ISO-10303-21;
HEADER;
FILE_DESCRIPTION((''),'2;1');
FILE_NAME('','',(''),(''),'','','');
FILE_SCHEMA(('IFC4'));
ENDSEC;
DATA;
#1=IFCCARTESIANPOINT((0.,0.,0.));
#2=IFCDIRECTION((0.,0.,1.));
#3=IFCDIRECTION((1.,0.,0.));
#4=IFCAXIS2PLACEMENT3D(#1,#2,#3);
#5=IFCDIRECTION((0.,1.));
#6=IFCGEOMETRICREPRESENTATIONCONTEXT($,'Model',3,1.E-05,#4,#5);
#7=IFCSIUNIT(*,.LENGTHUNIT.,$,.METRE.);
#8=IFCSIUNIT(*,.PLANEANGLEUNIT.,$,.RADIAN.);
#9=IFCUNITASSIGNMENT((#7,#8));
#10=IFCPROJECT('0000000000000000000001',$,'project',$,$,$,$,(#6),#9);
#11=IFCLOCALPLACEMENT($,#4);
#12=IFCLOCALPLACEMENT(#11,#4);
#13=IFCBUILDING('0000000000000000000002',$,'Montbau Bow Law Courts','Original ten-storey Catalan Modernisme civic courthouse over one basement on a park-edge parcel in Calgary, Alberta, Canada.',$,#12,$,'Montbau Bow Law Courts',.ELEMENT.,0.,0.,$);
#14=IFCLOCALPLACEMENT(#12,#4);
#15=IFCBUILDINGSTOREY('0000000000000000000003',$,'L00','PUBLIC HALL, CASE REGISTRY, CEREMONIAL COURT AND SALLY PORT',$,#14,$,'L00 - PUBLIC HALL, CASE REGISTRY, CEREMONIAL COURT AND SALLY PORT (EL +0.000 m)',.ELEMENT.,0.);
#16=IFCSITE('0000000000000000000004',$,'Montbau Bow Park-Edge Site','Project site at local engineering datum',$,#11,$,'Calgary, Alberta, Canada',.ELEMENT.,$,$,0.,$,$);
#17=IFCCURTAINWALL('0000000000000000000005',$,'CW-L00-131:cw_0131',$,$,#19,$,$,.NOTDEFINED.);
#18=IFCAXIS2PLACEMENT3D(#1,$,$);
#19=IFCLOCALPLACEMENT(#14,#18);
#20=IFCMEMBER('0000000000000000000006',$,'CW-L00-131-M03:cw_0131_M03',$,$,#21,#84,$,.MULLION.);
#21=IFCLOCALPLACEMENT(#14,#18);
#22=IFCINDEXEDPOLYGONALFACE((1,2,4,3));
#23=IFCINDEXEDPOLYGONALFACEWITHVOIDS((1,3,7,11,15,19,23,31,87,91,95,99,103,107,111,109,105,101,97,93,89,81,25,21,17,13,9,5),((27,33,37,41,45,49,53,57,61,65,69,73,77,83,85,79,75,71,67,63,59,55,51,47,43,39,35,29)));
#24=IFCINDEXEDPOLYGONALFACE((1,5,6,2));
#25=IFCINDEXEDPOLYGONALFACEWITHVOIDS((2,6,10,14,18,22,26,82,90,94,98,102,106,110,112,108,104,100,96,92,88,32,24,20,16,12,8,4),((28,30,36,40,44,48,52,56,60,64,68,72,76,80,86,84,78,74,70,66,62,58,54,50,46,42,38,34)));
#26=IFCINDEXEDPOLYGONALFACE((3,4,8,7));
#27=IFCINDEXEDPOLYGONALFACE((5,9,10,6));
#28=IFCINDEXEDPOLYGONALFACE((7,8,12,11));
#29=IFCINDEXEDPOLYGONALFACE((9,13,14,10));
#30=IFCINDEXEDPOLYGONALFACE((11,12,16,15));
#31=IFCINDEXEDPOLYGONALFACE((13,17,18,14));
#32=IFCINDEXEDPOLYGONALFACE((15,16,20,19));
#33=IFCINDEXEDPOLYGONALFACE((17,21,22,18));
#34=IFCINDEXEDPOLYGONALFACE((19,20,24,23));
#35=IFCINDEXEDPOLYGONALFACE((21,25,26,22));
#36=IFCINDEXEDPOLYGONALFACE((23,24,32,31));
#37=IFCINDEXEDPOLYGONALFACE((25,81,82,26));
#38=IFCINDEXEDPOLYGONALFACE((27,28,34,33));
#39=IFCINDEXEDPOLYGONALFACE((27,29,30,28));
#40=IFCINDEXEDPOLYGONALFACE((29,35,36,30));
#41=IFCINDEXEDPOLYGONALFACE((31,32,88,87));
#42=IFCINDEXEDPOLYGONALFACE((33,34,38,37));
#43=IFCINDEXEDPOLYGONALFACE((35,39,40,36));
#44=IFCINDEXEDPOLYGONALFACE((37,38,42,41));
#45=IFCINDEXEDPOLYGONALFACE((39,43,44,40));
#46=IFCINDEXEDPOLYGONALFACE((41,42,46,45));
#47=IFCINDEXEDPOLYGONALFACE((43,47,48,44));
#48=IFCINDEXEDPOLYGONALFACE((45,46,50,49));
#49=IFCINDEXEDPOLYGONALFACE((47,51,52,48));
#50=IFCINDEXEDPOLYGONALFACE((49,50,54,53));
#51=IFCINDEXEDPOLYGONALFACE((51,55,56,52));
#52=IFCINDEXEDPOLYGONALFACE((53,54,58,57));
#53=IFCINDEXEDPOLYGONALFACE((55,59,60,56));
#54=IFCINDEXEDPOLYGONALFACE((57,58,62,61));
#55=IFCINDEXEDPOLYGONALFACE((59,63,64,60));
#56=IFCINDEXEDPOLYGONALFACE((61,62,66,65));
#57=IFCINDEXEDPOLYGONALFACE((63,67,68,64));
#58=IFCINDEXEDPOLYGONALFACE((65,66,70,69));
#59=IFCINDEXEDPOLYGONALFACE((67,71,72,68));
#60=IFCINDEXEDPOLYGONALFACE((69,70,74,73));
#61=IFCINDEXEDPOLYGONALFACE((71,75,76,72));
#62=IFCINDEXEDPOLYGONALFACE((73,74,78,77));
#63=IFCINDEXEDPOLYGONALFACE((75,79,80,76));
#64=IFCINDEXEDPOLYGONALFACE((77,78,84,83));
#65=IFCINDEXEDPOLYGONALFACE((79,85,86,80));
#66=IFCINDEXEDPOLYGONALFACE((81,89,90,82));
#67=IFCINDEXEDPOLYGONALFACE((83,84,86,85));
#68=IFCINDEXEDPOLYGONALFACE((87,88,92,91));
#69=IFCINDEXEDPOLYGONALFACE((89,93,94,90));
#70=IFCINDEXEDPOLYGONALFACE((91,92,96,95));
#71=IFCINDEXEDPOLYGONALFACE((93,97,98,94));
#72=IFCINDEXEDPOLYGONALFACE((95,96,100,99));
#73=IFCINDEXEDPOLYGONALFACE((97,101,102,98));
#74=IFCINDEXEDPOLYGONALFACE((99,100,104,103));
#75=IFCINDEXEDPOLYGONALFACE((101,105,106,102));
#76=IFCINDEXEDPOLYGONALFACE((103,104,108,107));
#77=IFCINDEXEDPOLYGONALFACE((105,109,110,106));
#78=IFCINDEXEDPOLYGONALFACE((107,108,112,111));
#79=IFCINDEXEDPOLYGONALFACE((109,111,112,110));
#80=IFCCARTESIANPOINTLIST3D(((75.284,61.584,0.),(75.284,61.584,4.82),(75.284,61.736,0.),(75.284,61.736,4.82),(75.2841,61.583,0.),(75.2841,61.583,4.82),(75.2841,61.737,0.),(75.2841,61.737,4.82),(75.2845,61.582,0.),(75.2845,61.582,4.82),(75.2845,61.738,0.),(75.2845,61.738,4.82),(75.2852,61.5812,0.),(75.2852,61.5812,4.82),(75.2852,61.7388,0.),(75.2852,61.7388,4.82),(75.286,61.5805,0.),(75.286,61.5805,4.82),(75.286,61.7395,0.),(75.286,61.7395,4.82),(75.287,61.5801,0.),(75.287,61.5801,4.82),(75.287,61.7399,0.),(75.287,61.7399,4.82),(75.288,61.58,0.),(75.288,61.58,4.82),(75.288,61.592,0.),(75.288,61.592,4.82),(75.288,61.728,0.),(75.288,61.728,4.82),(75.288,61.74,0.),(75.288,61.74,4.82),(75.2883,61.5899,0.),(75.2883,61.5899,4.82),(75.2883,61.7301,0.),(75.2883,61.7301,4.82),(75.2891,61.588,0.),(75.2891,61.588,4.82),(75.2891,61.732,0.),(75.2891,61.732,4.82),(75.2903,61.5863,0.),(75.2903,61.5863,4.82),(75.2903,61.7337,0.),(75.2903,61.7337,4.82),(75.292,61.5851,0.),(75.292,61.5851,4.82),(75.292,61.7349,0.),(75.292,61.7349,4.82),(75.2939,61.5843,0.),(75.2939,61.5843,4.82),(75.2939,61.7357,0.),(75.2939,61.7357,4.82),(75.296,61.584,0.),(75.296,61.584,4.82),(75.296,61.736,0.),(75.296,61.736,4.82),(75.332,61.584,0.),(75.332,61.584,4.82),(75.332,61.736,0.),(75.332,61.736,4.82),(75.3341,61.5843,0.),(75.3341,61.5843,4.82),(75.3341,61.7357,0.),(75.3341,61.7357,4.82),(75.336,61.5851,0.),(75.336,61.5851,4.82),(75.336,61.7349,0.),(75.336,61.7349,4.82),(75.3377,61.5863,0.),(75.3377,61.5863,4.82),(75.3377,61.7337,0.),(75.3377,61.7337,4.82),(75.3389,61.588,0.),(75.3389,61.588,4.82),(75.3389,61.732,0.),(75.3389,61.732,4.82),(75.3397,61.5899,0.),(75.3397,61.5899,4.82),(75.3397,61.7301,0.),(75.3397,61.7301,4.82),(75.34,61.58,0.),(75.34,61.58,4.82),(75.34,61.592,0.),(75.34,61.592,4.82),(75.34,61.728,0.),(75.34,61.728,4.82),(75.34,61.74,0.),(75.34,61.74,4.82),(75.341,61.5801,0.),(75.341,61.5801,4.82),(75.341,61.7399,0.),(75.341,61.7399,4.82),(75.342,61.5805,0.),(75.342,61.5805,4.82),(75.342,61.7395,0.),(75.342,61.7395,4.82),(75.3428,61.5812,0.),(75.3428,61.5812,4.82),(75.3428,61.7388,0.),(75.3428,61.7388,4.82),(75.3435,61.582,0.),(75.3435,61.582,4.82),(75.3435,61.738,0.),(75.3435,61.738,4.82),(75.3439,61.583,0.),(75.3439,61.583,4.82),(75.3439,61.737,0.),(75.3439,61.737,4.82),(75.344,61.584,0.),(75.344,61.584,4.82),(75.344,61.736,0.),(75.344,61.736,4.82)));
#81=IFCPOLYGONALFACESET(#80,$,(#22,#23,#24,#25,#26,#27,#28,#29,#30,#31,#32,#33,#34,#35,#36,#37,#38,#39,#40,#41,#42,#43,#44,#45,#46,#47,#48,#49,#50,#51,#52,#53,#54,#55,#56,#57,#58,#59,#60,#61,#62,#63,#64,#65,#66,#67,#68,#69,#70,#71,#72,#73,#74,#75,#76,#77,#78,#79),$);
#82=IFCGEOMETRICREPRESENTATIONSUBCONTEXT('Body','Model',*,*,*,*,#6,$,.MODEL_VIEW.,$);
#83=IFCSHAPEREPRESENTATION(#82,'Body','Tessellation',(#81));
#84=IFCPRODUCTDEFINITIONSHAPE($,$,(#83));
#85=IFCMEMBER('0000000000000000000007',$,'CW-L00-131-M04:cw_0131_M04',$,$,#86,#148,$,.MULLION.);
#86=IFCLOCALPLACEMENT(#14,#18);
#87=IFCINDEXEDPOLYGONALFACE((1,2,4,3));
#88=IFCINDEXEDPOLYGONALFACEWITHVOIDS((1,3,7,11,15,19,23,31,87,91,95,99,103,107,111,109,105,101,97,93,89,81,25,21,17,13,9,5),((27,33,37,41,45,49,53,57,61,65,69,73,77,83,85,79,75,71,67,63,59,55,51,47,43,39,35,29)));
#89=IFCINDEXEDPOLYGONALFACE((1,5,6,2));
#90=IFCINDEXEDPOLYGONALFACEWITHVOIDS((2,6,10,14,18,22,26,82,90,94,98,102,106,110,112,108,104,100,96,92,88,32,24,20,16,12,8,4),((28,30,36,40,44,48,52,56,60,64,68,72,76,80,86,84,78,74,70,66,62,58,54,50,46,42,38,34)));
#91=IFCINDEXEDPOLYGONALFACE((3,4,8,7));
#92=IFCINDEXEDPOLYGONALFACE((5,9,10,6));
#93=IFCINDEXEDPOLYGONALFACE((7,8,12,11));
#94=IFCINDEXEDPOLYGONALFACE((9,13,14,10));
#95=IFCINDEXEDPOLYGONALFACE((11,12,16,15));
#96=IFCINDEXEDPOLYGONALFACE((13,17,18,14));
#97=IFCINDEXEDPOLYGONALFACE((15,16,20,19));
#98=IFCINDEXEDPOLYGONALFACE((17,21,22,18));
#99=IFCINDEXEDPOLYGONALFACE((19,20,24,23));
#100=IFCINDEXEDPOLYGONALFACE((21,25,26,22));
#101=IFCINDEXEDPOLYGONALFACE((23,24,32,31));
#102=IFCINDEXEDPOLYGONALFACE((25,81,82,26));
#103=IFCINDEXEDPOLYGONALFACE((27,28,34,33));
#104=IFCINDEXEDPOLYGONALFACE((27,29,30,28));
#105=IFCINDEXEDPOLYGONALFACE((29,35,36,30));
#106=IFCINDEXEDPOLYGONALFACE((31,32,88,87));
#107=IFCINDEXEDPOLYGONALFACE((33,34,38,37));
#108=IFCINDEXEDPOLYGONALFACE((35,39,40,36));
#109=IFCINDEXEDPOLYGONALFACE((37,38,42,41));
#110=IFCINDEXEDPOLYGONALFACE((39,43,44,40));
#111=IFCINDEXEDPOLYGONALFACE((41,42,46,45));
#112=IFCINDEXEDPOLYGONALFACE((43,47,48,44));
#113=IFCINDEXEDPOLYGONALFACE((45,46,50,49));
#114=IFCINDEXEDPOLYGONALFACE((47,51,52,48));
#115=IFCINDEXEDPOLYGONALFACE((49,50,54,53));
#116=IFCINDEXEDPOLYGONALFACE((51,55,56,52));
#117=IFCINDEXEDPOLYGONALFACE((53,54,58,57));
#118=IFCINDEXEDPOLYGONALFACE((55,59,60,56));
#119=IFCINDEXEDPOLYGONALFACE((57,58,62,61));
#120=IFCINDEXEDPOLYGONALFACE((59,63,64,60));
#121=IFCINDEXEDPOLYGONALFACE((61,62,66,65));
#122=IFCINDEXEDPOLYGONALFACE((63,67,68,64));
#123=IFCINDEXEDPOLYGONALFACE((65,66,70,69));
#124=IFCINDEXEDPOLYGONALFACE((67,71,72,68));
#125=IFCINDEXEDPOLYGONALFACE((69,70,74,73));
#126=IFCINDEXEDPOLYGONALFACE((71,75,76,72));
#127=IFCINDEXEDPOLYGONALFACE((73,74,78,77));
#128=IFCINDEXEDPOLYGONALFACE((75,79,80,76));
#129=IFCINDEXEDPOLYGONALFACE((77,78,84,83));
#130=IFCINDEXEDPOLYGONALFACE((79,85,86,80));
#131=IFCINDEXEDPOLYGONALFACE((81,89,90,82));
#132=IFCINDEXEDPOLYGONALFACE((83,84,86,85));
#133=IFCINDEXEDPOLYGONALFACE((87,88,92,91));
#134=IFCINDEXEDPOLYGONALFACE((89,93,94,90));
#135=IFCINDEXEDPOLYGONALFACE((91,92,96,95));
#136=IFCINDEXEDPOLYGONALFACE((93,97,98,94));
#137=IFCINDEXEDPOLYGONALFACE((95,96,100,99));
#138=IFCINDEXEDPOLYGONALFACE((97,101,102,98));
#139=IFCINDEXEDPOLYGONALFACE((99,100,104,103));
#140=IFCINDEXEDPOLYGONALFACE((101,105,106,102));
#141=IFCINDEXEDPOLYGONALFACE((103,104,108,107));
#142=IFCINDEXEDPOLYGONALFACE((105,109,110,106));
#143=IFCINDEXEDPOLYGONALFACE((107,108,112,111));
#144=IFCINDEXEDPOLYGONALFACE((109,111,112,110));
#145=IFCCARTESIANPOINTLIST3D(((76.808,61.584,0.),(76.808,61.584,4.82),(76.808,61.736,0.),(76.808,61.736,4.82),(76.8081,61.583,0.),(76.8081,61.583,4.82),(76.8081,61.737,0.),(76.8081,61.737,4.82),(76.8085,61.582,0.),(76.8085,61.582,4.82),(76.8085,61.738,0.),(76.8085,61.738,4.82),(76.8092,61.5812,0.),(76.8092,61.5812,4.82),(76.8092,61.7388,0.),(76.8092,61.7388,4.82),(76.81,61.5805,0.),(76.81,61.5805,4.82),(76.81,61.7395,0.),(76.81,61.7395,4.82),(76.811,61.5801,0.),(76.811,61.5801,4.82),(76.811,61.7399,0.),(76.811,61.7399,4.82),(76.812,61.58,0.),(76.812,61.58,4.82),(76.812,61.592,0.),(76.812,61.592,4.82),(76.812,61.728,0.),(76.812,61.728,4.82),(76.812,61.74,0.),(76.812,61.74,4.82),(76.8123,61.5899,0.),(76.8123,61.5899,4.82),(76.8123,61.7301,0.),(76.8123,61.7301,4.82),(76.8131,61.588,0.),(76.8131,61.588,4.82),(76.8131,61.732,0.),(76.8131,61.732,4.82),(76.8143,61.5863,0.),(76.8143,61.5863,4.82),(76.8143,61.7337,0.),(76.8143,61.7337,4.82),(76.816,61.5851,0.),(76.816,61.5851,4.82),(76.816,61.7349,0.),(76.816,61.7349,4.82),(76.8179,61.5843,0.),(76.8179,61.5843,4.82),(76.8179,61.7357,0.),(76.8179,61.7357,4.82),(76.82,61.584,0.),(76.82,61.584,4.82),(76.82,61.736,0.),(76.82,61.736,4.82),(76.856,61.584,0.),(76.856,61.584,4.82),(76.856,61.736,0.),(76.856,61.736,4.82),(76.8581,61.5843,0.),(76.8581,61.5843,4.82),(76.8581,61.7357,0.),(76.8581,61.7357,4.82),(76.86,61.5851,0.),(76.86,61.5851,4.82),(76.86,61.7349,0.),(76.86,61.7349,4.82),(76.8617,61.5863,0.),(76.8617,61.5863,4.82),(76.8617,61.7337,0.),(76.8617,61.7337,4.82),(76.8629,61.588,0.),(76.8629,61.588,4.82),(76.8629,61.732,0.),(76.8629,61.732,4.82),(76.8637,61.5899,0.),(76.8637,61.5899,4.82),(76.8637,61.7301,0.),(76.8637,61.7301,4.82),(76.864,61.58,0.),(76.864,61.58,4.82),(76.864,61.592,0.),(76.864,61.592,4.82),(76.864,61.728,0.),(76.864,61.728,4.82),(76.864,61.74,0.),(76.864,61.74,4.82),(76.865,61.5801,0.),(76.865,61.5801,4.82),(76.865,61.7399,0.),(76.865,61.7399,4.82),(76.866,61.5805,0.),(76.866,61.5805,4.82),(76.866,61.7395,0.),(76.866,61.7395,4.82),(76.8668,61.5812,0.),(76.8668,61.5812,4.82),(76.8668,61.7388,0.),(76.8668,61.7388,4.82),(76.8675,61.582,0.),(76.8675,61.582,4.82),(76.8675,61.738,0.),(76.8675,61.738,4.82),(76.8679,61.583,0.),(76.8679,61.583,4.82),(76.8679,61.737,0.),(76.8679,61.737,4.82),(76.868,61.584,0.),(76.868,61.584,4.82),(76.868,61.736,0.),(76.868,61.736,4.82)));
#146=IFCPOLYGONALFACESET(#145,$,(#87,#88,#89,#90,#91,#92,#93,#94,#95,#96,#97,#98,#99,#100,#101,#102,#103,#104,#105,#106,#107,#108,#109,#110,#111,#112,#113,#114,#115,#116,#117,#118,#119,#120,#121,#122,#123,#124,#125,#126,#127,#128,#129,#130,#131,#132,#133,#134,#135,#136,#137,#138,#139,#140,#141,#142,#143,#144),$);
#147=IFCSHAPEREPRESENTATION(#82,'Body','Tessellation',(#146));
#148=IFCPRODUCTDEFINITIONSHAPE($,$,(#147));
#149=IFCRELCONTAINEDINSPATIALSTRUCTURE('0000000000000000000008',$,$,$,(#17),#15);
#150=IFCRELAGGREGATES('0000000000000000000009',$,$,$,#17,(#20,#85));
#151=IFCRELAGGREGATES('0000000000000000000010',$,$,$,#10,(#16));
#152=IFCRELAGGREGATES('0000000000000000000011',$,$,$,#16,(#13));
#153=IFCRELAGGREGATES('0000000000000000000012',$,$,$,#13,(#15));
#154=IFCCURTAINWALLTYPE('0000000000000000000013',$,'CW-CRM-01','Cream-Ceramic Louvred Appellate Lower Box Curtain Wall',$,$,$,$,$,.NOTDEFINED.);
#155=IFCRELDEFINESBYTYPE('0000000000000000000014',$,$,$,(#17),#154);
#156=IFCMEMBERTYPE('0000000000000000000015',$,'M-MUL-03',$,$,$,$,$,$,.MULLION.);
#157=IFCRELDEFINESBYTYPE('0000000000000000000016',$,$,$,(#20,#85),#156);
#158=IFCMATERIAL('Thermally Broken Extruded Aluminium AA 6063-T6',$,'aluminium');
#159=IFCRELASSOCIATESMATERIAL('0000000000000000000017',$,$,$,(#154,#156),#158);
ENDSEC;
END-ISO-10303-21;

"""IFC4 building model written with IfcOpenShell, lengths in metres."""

from ifc_helpers import new_model, si_unit, direction, frame, origin_with_axes, origin_2d_with_axis, place, context, subcontext, project, spatial, hollow_rectangle, extrude, material, material_profile, profile_set, type_object, element, aggregate, save


model = new_model("IFC4")

# Units and contexts
model_context = context("Model", 3, precision=1e-05, world=origin_with_axes(), true_north=direction((0.0, 1.0)))
body_context = subcontext(model_context, "Body", "Model", "MODEL_VIEW")
ifc_project = project(units=[si_unit("LENGTHUNIT", "METRE"), si_unit("PLANEANGLEUNIT", "RADIAN")], contexts=[model_context])

# Site, building, storey
site_placement = place(None, origin_with_axes())
site = spatial("IfcSite", under=ifc_project, at=site_placement, Name="Montbau Bow Park-Edge Site", Description="Project site at local engineering datum", LongName="Calgary, Alberta, Canada", CompositionType="ELEMENT", RefElevation=0.0)
building_placement = place(site_placement, origin_with_axes())
building = spatial("IfcBuilding", under=site, at=building_placement, Name="Montbau Bow Law Courts", Description="Original ten-storey Catalan Modernisme civic courthouse over one basement on a park-edge parcel in Calgary, Alberta, Canada.", LongName="Montbau Bow Law Courts", CompositionType="ELEMENT", ElevationOfRefHeight=0.0, ElevationOfTerrain=0.0)
storey_placement = place(building_placement, origin_with_axes())
storey = spatial("IfcBuildingStorey", under=building, at=storey_placement, Name="L00", Description="PUBLIC HALL, CASE REGISTRY, CEREMONIAL COURT AND SALLY PORT", LongName="L00 - PUBLIC HALL, CASE REGISTRY, CEREMONIAL COURT AND SALLY PORT (EL +0.000 m)", CompositionType="ELEMENT", Elevation=0.0)

# Curtain wall, members
ifc_material_1 = material(Name="Thermally Broken Extruded Aluminium AA 6063-T6", Category="aluminium")
curtain_wall_type = type_object("IfcCurtainWallType", Name="CW-CRM-01", Description="Cream-Ceramic Louvred Appellate Lower Box Curtain Wall", PredefinedType="NOTDEFINED", material=ifc_material_1)
curtain_wall_placement = place(None, frame((72.267, 61.66, 0.0), z_axis=(0.0, 0.0, 1.0), x_axis=(1.0, 0.0, 0.0)))
curtain_wall = element("IfcCurtainWall", 1, at=curtain_wall_placement, inside=storey, type_object=curtain_wall_type, Name="CW-L00-131:cw_0131", PredefinedType="NOTDEFINED")
ifc_material_profile_1 = material_profile(ifc_material_1, hollow_rectangle(XDim=0.06, YDim=0.16, WallThickness=0.004, InnerFilletRadius=0.008, OuterFilletRadius=0.004, at=origin_2d_with_axis()), Name="CWM-160X60", Category="Main", Priority=0)
ifc_profile_set_1 = profile_set([ifc_material_profile_1], Name="Thermally Broken Extruded Aluminium AA 6063-T6")
member_type_1 = type_object("IfcMemberType", Name="M-MUL-03", PredefinedType="MULLION", material=ifc_profile_set_1)
member_1_placement = place(None, frame((75.314, 61.66, 0.0), z_axis=(0.0, 0.0, 1.0), x_axis=(1.0, 0.0, 0.0)))
member_1 = element("IfcMember", 2, at=member_1_placement, type_object=member_type_1, Name="CW-L00-131-M03:cw_0131_M03", PredefinedType="MULLION", context=body_context, shape_type="SweptSolid", body=[
    extrude(hollow_rectangle(XDim=0.06, YDim=0.16, WallThickness=0.004, InnerFilletRadius=0.008, OuterFilletRadius=0.004, at=origin_2d_with_axis()), origin_with_axes(), (0.0, 0.0, 1.0), 4.82),
])
member_2_placement = place(None, frame((76.838, 61.66, 0.0), z_axis=(0.0, 0.0, 1.0), x_axis=(1.0, 0.0, 0.0)))
member_2 = element("IfcMember", 3, at=member_2_placement, type_object=member_type_1, Name="CW-L00-131-M04:cw_0131_M04", PredefinedType="MULLION", context=body_context, shape_type="SweptSolid", body=[
    extrude(hollow_rectangle(XDim=0.06, YDim=0.16, WallThickness=0.004, InnerFilletRadius=0.008, OuterFilletRadius=0.004, at=origin_2d_with_axis()), origin_with_axes(), (0.0, 0.0, 1.0), 4.82),
])
aggregate(curtain_wall, [member_1, member_2])

save(model, "model.ifc")
